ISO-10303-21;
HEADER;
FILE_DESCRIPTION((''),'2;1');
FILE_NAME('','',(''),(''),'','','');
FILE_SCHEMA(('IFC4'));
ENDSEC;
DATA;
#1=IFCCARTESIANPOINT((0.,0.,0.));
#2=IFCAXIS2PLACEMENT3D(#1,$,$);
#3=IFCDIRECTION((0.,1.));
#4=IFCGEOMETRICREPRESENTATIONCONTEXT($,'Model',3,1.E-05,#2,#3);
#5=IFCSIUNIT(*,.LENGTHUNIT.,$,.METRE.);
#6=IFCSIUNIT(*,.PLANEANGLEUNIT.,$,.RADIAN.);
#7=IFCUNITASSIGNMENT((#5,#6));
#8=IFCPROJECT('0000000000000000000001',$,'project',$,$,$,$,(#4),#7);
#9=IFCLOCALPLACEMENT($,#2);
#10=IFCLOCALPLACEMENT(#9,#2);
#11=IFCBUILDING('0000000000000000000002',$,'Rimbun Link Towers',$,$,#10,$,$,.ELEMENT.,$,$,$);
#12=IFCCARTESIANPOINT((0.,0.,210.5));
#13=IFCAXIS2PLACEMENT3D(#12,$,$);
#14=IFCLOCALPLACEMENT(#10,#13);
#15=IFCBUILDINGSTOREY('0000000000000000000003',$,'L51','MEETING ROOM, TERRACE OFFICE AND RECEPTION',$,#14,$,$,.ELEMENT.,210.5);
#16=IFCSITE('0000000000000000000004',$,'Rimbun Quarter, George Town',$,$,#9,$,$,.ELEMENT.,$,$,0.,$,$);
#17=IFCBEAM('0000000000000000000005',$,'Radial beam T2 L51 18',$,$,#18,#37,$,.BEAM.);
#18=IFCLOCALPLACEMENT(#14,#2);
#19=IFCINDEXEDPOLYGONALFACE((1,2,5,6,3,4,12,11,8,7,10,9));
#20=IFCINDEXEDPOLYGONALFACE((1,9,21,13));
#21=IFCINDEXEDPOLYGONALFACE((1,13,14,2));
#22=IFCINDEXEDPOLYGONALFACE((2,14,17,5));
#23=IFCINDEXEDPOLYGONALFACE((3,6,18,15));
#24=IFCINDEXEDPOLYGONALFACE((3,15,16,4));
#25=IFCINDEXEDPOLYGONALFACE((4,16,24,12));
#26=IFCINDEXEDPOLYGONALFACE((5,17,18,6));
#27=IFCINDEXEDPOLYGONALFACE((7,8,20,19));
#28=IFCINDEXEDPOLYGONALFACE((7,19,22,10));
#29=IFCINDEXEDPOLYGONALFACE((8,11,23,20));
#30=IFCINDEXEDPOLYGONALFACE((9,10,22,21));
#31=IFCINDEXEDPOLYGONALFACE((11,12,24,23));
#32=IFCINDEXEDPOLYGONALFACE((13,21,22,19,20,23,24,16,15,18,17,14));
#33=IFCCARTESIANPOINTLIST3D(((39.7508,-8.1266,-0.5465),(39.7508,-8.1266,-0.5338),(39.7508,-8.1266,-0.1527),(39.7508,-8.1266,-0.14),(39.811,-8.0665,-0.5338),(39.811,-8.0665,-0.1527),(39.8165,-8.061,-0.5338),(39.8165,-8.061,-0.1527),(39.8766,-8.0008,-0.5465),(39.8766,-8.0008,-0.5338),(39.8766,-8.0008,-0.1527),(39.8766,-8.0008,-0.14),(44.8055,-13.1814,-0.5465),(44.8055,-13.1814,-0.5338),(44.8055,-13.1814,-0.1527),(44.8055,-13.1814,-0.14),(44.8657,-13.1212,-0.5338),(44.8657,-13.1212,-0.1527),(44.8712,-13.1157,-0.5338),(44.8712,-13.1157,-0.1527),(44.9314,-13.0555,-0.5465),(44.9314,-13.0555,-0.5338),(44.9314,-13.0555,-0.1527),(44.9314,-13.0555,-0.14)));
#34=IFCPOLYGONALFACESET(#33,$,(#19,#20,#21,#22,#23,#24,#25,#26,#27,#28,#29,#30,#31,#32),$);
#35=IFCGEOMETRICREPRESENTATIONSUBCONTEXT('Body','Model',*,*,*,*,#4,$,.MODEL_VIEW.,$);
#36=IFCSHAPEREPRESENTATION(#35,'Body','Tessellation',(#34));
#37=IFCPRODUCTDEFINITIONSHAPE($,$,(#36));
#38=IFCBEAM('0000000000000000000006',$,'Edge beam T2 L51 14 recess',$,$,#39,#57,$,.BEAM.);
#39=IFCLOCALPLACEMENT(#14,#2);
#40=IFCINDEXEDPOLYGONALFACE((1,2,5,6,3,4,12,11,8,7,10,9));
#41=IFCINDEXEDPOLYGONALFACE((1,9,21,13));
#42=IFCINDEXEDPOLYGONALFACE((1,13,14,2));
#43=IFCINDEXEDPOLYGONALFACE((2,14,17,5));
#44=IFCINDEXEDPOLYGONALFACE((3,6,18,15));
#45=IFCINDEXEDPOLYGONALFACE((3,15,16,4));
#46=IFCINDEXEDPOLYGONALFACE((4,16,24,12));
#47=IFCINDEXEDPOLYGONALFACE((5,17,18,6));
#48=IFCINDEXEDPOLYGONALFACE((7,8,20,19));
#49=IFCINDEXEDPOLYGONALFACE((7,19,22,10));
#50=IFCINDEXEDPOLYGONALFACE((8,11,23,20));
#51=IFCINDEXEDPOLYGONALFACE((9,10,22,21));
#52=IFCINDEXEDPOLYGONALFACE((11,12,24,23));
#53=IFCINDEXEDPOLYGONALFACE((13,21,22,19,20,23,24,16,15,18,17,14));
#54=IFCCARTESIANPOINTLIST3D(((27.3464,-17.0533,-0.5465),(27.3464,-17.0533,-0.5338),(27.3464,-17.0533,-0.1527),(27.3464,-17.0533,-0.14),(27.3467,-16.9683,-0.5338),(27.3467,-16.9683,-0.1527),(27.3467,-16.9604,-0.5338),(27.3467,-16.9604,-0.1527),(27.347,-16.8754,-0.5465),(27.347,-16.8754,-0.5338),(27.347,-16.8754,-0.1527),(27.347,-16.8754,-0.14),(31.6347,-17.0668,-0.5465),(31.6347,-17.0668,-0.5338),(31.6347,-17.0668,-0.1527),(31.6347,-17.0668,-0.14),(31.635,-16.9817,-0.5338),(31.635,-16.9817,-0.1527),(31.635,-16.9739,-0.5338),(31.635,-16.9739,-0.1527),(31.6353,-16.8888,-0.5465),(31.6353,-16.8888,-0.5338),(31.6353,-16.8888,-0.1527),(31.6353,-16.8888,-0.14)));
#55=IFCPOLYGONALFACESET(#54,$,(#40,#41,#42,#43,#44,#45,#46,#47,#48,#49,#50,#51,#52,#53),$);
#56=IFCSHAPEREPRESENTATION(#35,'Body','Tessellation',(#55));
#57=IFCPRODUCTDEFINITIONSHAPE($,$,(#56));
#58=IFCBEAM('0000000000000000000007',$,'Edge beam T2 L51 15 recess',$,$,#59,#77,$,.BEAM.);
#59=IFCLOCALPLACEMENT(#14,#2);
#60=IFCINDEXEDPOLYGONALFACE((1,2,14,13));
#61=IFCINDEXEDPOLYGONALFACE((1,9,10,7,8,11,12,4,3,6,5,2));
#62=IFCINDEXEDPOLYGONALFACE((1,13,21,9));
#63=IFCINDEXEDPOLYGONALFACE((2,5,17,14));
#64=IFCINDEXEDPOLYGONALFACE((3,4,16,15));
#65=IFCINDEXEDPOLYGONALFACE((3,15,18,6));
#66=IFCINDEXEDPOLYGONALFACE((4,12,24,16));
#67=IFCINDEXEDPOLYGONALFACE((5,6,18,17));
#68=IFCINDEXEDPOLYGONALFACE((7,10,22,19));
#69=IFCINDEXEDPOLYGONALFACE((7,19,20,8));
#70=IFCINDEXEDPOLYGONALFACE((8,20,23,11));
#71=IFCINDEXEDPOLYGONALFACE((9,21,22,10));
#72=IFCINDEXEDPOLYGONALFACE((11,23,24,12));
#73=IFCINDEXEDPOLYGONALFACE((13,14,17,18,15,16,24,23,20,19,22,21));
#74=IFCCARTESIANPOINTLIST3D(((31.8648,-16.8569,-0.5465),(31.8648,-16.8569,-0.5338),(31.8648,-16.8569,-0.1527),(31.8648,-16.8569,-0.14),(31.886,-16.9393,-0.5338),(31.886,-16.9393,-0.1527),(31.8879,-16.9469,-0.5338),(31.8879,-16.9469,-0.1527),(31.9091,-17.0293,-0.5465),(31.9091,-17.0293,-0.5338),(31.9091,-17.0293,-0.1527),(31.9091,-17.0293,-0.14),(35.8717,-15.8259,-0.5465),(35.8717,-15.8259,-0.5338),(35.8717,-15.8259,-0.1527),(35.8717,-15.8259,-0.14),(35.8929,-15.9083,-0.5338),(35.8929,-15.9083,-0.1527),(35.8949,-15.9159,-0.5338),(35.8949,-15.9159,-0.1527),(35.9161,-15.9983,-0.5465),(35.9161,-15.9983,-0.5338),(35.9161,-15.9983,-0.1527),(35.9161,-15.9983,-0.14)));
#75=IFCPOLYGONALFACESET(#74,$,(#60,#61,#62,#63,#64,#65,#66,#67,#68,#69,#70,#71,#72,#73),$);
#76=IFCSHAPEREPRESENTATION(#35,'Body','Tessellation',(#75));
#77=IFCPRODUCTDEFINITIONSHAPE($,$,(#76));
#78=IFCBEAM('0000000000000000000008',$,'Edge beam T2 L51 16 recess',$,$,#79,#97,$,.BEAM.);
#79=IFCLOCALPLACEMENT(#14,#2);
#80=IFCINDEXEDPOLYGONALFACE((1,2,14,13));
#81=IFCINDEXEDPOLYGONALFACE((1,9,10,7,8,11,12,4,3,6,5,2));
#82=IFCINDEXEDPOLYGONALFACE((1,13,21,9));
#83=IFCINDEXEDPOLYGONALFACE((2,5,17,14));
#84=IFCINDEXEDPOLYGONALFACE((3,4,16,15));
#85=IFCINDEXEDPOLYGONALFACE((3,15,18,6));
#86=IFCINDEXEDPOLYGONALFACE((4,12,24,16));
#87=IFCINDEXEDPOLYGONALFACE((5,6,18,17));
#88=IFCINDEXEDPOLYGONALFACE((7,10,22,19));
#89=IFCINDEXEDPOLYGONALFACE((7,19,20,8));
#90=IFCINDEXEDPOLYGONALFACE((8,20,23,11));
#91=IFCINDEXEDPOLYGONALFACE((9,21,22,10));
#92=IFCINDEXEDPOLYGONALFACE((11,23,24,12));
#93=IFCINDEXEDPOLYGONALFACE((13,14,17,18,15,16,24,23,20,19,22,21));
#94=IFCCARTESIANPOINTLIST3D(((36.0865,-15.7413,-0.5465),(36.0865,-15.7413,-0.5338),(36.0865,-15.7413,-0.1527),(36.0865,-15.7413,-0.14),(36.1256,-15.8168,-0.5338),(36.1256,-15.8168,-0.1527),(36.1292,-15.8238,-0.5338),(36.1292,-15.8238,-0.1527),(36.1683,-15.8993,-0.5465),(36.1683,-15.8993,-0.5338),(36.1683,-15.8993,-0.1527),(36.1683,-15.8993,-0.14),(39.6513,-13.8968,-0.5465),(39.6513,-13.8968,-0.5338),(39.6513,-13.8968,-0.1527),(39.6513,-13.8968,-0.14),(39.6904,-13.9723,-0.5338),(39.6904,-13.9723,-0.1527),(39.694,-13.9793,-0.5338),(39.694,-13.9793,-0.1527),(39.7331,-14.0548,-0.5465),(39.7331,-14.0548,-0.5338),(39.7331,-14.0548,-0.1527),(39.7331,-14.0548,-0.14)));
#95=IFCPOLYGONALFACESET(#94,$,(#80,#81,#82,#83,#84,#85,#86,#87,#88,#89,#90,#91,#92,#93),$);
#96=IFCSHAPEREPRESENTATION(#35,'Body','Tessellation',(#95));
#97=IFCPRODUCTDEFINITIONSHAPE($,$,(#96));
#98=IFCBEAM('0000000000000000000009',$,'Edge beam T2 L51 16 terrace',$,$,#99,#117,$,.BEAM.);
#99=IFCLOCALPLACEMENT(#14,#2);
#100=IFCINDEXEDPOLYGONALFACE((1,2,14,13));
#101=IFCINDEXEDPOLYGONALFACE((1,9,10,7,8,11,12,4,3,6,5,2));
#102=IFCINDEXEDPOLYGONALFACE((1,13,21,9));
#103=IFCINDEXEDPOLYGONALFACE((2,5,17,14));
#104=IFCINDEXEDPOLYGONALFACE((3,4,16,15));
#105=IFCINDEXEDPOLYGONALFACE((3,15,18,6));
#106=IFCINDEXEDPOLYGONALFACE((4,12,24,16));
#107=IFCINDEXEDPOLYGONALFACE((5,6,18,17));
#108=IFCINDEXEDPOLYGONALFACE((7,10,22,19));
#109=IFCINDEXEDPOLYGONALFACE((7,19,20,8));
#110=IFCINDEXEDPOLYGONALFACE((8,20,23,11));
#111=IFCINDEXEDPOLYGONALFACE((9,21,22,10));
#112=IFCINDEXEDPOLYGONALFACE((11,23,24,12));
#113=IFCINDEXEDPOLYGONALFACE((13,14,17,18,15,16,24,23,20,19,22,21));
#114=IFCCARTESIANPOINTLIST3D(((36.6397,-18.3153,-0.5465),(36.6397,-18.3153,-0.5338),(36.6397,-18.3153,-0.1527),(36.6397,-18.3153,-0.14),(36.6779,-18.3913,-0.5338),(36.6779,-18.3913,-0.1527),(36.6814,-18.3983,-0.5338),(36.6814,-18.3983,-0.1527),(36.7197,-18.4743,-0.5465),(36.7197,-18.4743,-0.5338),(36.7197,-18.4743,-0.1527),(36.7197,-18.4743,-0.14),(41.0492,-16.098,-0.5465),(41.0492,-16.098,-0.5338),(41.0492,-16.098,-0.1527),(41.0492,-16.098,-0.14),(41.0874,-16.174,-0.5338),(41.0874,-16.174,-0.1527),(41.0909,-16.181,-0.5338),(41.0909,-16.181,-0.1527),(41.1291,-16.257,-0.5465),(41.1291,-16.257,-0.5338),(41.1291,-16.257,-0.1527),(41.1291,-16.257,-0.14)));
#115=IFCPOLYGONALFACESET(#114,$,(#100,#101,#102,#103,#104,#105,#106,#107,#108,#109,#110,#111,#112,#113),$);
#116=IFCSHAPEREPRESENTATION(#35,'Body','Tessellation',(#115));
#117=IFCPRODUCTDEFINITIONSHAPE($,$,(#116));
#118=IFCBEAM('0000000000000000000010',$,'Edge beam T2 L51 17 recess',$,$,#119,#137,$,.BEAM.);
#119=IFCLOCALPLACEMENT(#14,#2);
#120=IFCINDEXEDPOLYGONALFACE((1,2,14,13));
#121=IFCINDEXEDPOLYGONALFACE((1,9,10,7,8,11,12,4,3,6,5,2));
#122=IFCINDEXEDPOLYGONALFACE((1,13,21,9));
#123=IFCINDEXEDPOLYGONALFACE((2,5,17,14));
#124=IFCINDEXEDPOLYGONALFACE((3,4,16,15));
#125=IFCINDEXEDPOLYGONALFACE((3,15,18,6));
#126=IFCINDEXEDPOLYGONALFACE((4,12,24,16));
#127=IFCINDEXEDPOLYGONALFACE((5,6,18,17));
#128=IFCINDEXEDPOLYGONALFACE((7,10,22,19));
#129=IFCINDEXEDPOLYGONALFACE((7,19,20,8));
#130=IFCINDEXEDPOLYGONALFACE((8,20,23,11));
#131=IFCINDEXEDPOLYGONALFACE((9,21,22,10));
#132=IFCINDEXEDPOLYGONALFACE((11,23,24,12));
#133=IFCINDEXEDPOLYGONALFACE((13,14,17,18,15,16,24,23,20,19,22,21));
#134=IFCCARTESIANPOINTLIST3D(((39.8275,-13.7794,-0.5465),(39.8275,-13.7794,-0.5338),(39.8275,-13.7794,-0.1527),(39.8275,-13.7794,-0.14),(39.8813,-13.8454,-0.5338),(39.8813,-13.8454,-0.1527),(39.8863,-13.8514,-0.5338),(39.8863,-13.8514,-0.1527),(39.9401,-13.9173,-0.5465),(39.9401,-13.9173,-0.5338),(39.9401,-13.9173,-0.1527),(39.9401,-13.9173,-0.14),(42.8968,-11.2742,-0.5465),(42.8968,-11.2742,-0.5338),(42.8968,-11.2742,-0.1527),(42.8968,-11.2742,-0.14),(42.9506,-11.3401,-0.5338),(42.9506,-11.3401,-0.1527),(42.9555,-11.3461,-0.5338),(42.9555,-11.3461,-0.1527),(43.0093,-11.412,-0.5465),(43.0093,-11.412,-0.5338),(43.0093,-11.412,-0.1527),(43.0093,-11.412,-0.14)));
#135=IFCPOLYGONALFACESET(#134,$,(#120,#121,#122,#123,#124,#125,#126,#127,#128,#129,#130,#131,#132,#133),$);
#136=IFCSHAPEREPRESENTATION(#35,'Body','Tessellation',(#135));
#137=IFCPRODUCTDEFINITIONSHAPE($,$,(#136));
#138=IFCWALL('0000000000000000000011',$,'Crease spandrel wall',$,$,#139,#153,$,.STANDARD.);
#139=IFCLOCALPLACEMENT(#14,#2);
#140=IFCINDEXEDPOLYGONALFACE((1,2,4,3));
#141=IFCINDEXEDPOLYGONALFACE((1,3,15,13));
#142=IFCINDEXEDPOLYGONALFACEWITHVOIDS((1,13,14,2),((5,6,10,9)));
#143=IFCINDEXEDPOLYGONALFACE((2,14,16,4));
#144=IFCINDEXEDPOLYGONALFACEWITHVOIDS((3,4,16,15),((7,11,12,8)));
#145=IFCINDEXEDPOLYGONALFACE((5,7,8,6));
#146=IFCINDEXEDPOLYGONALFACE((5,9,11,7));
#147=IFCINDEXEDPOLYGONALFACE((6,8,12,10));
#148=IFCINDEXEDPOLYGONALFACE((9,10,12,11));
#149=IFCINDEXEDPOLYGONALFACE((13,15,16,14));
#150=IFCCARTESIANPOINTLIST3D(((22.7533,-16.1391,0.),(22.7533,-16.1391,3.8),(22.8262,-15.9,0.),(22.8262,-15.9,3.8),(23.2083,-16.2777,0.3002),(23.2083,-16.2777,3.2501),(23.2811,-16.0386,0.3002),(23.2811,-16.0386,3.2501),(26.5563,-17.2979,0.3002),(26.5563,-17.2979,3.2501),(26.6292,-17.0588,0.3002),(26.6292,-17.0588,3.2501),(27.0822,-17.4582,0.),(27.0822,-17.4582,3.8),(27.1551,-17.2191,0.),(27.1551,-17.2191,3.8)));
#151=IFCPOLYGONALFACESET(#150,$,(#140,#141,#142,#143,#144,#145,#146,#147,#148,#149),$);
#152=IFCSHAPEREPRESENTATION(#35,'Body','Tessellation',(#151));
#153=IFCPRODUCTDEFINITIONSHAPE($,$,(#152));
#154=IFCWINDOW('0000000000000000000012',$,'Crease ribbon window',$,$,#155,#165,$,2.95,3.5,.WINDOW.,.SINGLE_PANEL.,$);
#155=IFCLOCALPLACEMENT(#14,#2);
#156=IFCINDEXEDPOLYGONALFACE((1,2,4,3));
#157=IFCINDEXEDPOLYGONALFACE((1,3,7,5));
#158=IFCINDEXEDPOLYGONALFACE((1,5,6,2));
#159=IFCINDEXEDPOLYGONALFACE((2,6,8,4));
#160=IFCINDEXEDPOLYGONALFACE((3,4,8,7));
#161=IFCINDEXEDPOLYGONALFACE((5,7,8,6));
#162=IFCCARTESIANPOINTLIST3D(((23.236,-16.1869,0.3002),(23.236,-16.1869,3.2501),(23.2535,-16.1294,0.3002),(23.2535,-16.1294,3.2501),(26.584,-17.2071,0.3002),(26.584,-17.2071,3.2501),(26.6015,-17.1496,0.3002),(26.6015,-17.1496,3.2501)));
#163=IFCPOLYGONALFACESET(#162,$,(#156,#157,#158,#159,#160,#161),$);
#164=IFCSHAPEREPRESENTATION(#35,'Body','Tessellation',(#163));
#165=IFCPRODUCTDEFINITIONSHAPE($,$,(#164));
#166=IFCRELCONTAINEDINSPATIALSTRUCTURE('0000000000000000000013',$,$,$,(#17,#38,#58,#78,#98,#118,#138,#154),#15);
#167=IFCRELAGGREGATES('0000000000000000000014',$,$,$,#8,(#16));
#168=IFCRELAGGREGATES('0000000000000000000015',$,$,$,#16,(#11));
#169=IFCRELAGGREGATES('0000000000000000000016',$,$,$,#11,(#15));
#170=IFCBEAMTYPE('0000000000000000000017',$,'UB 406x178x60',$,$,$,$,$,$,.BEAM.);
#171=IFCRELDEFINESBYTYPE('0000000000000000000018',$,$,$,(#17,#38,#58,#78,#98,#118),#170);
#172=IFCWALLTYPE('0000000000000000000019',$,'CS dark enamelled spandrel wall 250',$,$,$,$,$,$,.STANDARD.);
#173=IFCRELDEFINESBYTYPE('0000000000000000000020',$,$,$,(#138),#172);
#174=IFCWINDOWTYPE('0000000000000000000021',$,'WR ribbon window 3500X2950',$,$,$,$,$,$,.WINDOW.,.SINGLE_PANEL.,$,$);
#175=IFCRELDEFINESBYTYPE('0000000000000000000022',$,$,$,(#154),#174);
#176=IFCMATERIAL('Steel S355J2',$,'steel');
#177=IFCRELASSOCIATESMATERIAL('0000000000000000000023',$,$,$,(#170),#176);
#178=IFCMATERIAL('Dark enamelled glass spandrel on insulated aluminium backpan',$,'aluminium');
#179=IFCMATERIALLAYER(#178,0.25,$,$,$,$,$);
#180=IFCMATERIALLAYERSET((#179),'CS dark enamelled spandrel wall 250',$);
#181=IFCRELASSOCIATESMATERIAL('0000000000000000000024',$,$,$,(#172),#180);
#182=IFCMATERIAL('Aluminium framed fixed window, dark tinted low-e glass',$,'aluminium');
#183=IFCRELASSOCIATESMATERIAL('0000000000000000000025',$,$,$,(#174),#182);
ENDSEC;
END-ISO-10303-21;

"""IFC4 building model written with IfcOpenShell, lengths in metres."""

from ifc_helpers import new_model, si_unit, direction, frame, frame_2d, origin, origin_2d, place, context, subcontext, project, spatial, rectangle, i_section, extrude, material, layer, layer_set, material_profile, profile_set, type_object, element, fill, save


model = new_model("IFC4")

# Units and contexts
model_context = context("Model", 3, precision=1e-05, world=origin(), true_north=direction((0.0, 1.0)))
body_context = subcontext(model_context, "Body", "Model", "MODEL_VIEW")
ifc_project = project(units=[si_unit("LENGTHUNIT", "METRE"), si_unit("PLANEANGLEUNIT", "RADIAN")], contexts=[model_context])

# Site, building, storey
site_placement = place(None, origin())
site = spatial("IfcSite", under=ifc_project, at=site_placement, Name="Rimbun Quarter, George Town", CompositionType="ELEMENT", RefElevation=0.0)
building_placement = place(site_placement, origin())
building = spatial("IfcBuilding", under=site, at=building_placement, Name="Rimbun Link Towers", CompositionType="ELEMENT")
storey_placement = place(building_placement, frame((0.0, 0.0, 210.5)))
storey = spatial("IfcBuildingStorey", under=building, at=storey_placement, Name="L51", Description="MEETING ROOM, TERRACE OFFICE AND RECEPTION", CompositionType="ELEMENT", Elevation=210.5)

# Beams
ifc_material_1 = material(Name="Steel S355J2", Category="steel")
ifc_material_profile_1 = material_profile(ifc_material_1, i_section(OverallWidth=0.178, OverallDepth=0.4065, WebThickness=0.0078, FlangeThickness=0.0127, at=origin_2d()), Name="UB 406x178x60")
ifc_profile_set_1 = profile_set([ifc_material_profile_1], Name="Steel S355J2")
beam_type = type_object("IfcBeamType", Name="UB 406x178x60", PredefinedType="BEAM", material=ifc_profile_set_1)
beam_1_placement = place(storey_placement, frame((39.8137, -8.0637, -0.3433), z_axis=(0.707107, -0.707107, 0.0), x_axis=(0.707107, 0.707107, 0.0)))
element("IfcBeam", 1, at=beam_1_placement, inside=storey, type_object=beam_type, Name="Radial beam T2 L51 18", PredefinedType="BEAM", context=body_context, shape_type="SweptSolid", body=[
    extrude(i_section(OverallWidth=0.178, OverallDepth=0.4065, WebThickness=0.0078, FlangeThickness=0.0127, at=origin_2d()), origin(), (0.0, 0.0, 1.0), 7.1484),
])
beam_2_placement = place(storey_placement, frame((27.3467, -16.9644, -0.3433), z_axis=(0.999995, -0.003131, 0.0), x_axis=(0.003131, 0.999995, 0.0)))
element("IfcBeam", 2, at=beam_2_placement, inside=storey, type_object=beam_type, Name="Edge beam T2 L51 14 recess", PredefinedType="BEAM", context=body_context, shape_type="SweptSolid", body=[
    extrude(i_section(OverallWidth=0.178, OverallDepth=0.4065, WebThickness=0.0078, FlangeThickness=0.0127, at=origin_2d()), origin(), (0.0, 0.0, 1.0), 4.2883),
])
beam_3_placement = place(storey_placement, frame((31.887, -16.9431, -0.3433), z_axis=(0.968453, 0.249194, 0.0), x_axis=(-0.249194, 0.968453, 0.0)))
element("IfcBeam", 3, at=beam_3_placement, inside=storey, type_object=beam_type, Name="Edge beam T2 L51 15 recess", PredefinedType="BEAM", context=body_context, shape_type="SweptSolid", body=[
    extrude(i_section(OverallWidth=0.178, OverallDepth=0.4065, WebThickness=0.0078, FlangeThickness=0.0127, at=origin_2d()), origin(), (0.0, 0.0, 1.0), 4.1375),
])
beam_4_placement = place(storey_placement, frame((36.1274, -15.8203, -0.3433), z_axis=(0.888149, 0.459555, 0.0), x_axis=(-0.459555, 0.888149, 0.0)))
element("IfcBeam", 4, at=beam_4_placement, inside=storey, type_object=beam_type, Name="Edge beam T2 L51 16 recess", PredefinedType="BEAM", context=body_context, shape_type="SweptSolid", body=[
    extrude(i_section(OverallWidth=0.178, OverallDepth=0.4065, WebThickness=0.0078, FlangeThickness=0.0127, at=origin_2d()), origin(), (0.0, 0.0, 1.0), 4.0137),
])
beam_5_placement = place(storey_placement, frame((36.6797, -18.3948, -0.3433), z_axis=(0.893406, 0.44925, 0.0), x_axis=(-0.44925, 0.893406, 0.0)))
element("IfcBeam", 5, at=beam_5_placement, inside=storey, type_object=beam_type, Name="Edge beam T2 L51 16 terrace", PredefinedType="BEAM", context=body_context, shape_type="SweptSolid", body=[
    extrude(i_section(OverallWidth=0.178, OverallDepth=0.4065, WebThickness=0.0078, FlangeThickness=0.0127, at=origin_2d()), origin(), (0.0, 0.0, 1.0), 4.9355),
])
beam_6_placement = place(storey_placement, frame((39.8838, -13.8484, -0.3433), z_axis=(0.774687, 0.632345, 0.0), x_axis=(-0.632345, 0.774687, 0.0)))
element("IfcBeam", 6, at=beam_6_placement, inside=storey, type_object=beam_type, Name="Edge beam T2 L51 17 recess", PredefinedType="BEAM", context=body_context, shape_type="SweptSolid", body=[
    extrude(i_section(OverallWidth=0.178, OverallDepth=0.4065, WebThickness=0.0078, FlangeThickness=0.0127, at=origin_2d()), origin(), (0.0, 0.0, 1.0), 3.9619),
])

# Wall, opening, window
ifc_material_2 = material(Name="Dark enamelled glass spandrel on insulated aluminium backpan", Category="aluminium")
ifc_layer = layer(ifc_material_2, 0.25)
ifc_layer_set = layer_set([ifc_layer], Name="CS dark enamelled spandrel wall 250")
wall_type = type_object("IfcWallType", Name="CS dark enamelled spandrel wall 250", PredefinedType="STANDARD", material=ifc_layer_set)
wall_1_placement = place(storey_placement, frame((27.1187, -17.3386, 0.0), z_axis=(0.0, 0.0, 1.0), x_axis=(-0.956575, 0.291488, 0.0)))
wall_1 = element("IfcWall", 7, at=wall_1_placement, inside=storey, type_object=wall_type, Name="Crease spandrel wall", PredefinedType="STANDARD", context=body_context, shape_type="SweptSolid", body=[
    extrude(rectangle(XDim=4.5254, YDim=0.25, at=frame_2d((2.2627, 0.0))), origin(), (0.0, 0.0, 1.0), 3.8),
])
opening_1_placement = place(wall_1_placement, frame((0.5498, 0.0, 0.3)))
opening_1 = element("IfcOpeningElement", 8, at=opening_1_placement, cuts=wall_1, PredefinedType="OPENING", context=body_context, shape_type="SweptSolid", body=[
    extrude(rectangle(XDim=3.5, YDim=2.95, at=frame_2d((1.75, 1.4751))), frame((0.0, 0.135, 0.0), z_axis=(0.0, -1.0, 0.0), x_axis=(1.0, 0.0, 0.0)), (0.0, 0.0, 1.0), 0.27),
])
ifc_material_3 = material(Name="Aluminium framed fixed window, dark tinted low-e glass", Category="aluminium")
window_type_1 = type_object("IfcWindowType", Name="WR ribbon window 3500X2950", PartitioningType="SINGLE_PANEL", PredefinedType="WINDOW", material=ifc_material_3)
window_1_placement = place(opening_1_placement, origin())
window_1 = element("IfcWindow", 9, at=window_1_placement, inside=storey, type_object=window_type_1, Name="Crease ribbon window", OverallHeight=2.95, OverallWidth=3.5, PartitioningType="SINGLE_PANEL", PredefinedType="WINDOW", context=body_context, shape_type="SweptSolid", body=[
    extrude(rectangle(XDim=3.5, YDim=2.95, at=frame_2d((1.75, 1.4751))), frame((0.0, 0.03, 0.0), z_axis=(0.0, -1.0, 0.0), x_axis=(1.0, 0.0, 0.0)), (0.0, 0.0, 1.0), 0.0601),
])
fill(opening_1, window_1)

save(model, "model.ifc")
